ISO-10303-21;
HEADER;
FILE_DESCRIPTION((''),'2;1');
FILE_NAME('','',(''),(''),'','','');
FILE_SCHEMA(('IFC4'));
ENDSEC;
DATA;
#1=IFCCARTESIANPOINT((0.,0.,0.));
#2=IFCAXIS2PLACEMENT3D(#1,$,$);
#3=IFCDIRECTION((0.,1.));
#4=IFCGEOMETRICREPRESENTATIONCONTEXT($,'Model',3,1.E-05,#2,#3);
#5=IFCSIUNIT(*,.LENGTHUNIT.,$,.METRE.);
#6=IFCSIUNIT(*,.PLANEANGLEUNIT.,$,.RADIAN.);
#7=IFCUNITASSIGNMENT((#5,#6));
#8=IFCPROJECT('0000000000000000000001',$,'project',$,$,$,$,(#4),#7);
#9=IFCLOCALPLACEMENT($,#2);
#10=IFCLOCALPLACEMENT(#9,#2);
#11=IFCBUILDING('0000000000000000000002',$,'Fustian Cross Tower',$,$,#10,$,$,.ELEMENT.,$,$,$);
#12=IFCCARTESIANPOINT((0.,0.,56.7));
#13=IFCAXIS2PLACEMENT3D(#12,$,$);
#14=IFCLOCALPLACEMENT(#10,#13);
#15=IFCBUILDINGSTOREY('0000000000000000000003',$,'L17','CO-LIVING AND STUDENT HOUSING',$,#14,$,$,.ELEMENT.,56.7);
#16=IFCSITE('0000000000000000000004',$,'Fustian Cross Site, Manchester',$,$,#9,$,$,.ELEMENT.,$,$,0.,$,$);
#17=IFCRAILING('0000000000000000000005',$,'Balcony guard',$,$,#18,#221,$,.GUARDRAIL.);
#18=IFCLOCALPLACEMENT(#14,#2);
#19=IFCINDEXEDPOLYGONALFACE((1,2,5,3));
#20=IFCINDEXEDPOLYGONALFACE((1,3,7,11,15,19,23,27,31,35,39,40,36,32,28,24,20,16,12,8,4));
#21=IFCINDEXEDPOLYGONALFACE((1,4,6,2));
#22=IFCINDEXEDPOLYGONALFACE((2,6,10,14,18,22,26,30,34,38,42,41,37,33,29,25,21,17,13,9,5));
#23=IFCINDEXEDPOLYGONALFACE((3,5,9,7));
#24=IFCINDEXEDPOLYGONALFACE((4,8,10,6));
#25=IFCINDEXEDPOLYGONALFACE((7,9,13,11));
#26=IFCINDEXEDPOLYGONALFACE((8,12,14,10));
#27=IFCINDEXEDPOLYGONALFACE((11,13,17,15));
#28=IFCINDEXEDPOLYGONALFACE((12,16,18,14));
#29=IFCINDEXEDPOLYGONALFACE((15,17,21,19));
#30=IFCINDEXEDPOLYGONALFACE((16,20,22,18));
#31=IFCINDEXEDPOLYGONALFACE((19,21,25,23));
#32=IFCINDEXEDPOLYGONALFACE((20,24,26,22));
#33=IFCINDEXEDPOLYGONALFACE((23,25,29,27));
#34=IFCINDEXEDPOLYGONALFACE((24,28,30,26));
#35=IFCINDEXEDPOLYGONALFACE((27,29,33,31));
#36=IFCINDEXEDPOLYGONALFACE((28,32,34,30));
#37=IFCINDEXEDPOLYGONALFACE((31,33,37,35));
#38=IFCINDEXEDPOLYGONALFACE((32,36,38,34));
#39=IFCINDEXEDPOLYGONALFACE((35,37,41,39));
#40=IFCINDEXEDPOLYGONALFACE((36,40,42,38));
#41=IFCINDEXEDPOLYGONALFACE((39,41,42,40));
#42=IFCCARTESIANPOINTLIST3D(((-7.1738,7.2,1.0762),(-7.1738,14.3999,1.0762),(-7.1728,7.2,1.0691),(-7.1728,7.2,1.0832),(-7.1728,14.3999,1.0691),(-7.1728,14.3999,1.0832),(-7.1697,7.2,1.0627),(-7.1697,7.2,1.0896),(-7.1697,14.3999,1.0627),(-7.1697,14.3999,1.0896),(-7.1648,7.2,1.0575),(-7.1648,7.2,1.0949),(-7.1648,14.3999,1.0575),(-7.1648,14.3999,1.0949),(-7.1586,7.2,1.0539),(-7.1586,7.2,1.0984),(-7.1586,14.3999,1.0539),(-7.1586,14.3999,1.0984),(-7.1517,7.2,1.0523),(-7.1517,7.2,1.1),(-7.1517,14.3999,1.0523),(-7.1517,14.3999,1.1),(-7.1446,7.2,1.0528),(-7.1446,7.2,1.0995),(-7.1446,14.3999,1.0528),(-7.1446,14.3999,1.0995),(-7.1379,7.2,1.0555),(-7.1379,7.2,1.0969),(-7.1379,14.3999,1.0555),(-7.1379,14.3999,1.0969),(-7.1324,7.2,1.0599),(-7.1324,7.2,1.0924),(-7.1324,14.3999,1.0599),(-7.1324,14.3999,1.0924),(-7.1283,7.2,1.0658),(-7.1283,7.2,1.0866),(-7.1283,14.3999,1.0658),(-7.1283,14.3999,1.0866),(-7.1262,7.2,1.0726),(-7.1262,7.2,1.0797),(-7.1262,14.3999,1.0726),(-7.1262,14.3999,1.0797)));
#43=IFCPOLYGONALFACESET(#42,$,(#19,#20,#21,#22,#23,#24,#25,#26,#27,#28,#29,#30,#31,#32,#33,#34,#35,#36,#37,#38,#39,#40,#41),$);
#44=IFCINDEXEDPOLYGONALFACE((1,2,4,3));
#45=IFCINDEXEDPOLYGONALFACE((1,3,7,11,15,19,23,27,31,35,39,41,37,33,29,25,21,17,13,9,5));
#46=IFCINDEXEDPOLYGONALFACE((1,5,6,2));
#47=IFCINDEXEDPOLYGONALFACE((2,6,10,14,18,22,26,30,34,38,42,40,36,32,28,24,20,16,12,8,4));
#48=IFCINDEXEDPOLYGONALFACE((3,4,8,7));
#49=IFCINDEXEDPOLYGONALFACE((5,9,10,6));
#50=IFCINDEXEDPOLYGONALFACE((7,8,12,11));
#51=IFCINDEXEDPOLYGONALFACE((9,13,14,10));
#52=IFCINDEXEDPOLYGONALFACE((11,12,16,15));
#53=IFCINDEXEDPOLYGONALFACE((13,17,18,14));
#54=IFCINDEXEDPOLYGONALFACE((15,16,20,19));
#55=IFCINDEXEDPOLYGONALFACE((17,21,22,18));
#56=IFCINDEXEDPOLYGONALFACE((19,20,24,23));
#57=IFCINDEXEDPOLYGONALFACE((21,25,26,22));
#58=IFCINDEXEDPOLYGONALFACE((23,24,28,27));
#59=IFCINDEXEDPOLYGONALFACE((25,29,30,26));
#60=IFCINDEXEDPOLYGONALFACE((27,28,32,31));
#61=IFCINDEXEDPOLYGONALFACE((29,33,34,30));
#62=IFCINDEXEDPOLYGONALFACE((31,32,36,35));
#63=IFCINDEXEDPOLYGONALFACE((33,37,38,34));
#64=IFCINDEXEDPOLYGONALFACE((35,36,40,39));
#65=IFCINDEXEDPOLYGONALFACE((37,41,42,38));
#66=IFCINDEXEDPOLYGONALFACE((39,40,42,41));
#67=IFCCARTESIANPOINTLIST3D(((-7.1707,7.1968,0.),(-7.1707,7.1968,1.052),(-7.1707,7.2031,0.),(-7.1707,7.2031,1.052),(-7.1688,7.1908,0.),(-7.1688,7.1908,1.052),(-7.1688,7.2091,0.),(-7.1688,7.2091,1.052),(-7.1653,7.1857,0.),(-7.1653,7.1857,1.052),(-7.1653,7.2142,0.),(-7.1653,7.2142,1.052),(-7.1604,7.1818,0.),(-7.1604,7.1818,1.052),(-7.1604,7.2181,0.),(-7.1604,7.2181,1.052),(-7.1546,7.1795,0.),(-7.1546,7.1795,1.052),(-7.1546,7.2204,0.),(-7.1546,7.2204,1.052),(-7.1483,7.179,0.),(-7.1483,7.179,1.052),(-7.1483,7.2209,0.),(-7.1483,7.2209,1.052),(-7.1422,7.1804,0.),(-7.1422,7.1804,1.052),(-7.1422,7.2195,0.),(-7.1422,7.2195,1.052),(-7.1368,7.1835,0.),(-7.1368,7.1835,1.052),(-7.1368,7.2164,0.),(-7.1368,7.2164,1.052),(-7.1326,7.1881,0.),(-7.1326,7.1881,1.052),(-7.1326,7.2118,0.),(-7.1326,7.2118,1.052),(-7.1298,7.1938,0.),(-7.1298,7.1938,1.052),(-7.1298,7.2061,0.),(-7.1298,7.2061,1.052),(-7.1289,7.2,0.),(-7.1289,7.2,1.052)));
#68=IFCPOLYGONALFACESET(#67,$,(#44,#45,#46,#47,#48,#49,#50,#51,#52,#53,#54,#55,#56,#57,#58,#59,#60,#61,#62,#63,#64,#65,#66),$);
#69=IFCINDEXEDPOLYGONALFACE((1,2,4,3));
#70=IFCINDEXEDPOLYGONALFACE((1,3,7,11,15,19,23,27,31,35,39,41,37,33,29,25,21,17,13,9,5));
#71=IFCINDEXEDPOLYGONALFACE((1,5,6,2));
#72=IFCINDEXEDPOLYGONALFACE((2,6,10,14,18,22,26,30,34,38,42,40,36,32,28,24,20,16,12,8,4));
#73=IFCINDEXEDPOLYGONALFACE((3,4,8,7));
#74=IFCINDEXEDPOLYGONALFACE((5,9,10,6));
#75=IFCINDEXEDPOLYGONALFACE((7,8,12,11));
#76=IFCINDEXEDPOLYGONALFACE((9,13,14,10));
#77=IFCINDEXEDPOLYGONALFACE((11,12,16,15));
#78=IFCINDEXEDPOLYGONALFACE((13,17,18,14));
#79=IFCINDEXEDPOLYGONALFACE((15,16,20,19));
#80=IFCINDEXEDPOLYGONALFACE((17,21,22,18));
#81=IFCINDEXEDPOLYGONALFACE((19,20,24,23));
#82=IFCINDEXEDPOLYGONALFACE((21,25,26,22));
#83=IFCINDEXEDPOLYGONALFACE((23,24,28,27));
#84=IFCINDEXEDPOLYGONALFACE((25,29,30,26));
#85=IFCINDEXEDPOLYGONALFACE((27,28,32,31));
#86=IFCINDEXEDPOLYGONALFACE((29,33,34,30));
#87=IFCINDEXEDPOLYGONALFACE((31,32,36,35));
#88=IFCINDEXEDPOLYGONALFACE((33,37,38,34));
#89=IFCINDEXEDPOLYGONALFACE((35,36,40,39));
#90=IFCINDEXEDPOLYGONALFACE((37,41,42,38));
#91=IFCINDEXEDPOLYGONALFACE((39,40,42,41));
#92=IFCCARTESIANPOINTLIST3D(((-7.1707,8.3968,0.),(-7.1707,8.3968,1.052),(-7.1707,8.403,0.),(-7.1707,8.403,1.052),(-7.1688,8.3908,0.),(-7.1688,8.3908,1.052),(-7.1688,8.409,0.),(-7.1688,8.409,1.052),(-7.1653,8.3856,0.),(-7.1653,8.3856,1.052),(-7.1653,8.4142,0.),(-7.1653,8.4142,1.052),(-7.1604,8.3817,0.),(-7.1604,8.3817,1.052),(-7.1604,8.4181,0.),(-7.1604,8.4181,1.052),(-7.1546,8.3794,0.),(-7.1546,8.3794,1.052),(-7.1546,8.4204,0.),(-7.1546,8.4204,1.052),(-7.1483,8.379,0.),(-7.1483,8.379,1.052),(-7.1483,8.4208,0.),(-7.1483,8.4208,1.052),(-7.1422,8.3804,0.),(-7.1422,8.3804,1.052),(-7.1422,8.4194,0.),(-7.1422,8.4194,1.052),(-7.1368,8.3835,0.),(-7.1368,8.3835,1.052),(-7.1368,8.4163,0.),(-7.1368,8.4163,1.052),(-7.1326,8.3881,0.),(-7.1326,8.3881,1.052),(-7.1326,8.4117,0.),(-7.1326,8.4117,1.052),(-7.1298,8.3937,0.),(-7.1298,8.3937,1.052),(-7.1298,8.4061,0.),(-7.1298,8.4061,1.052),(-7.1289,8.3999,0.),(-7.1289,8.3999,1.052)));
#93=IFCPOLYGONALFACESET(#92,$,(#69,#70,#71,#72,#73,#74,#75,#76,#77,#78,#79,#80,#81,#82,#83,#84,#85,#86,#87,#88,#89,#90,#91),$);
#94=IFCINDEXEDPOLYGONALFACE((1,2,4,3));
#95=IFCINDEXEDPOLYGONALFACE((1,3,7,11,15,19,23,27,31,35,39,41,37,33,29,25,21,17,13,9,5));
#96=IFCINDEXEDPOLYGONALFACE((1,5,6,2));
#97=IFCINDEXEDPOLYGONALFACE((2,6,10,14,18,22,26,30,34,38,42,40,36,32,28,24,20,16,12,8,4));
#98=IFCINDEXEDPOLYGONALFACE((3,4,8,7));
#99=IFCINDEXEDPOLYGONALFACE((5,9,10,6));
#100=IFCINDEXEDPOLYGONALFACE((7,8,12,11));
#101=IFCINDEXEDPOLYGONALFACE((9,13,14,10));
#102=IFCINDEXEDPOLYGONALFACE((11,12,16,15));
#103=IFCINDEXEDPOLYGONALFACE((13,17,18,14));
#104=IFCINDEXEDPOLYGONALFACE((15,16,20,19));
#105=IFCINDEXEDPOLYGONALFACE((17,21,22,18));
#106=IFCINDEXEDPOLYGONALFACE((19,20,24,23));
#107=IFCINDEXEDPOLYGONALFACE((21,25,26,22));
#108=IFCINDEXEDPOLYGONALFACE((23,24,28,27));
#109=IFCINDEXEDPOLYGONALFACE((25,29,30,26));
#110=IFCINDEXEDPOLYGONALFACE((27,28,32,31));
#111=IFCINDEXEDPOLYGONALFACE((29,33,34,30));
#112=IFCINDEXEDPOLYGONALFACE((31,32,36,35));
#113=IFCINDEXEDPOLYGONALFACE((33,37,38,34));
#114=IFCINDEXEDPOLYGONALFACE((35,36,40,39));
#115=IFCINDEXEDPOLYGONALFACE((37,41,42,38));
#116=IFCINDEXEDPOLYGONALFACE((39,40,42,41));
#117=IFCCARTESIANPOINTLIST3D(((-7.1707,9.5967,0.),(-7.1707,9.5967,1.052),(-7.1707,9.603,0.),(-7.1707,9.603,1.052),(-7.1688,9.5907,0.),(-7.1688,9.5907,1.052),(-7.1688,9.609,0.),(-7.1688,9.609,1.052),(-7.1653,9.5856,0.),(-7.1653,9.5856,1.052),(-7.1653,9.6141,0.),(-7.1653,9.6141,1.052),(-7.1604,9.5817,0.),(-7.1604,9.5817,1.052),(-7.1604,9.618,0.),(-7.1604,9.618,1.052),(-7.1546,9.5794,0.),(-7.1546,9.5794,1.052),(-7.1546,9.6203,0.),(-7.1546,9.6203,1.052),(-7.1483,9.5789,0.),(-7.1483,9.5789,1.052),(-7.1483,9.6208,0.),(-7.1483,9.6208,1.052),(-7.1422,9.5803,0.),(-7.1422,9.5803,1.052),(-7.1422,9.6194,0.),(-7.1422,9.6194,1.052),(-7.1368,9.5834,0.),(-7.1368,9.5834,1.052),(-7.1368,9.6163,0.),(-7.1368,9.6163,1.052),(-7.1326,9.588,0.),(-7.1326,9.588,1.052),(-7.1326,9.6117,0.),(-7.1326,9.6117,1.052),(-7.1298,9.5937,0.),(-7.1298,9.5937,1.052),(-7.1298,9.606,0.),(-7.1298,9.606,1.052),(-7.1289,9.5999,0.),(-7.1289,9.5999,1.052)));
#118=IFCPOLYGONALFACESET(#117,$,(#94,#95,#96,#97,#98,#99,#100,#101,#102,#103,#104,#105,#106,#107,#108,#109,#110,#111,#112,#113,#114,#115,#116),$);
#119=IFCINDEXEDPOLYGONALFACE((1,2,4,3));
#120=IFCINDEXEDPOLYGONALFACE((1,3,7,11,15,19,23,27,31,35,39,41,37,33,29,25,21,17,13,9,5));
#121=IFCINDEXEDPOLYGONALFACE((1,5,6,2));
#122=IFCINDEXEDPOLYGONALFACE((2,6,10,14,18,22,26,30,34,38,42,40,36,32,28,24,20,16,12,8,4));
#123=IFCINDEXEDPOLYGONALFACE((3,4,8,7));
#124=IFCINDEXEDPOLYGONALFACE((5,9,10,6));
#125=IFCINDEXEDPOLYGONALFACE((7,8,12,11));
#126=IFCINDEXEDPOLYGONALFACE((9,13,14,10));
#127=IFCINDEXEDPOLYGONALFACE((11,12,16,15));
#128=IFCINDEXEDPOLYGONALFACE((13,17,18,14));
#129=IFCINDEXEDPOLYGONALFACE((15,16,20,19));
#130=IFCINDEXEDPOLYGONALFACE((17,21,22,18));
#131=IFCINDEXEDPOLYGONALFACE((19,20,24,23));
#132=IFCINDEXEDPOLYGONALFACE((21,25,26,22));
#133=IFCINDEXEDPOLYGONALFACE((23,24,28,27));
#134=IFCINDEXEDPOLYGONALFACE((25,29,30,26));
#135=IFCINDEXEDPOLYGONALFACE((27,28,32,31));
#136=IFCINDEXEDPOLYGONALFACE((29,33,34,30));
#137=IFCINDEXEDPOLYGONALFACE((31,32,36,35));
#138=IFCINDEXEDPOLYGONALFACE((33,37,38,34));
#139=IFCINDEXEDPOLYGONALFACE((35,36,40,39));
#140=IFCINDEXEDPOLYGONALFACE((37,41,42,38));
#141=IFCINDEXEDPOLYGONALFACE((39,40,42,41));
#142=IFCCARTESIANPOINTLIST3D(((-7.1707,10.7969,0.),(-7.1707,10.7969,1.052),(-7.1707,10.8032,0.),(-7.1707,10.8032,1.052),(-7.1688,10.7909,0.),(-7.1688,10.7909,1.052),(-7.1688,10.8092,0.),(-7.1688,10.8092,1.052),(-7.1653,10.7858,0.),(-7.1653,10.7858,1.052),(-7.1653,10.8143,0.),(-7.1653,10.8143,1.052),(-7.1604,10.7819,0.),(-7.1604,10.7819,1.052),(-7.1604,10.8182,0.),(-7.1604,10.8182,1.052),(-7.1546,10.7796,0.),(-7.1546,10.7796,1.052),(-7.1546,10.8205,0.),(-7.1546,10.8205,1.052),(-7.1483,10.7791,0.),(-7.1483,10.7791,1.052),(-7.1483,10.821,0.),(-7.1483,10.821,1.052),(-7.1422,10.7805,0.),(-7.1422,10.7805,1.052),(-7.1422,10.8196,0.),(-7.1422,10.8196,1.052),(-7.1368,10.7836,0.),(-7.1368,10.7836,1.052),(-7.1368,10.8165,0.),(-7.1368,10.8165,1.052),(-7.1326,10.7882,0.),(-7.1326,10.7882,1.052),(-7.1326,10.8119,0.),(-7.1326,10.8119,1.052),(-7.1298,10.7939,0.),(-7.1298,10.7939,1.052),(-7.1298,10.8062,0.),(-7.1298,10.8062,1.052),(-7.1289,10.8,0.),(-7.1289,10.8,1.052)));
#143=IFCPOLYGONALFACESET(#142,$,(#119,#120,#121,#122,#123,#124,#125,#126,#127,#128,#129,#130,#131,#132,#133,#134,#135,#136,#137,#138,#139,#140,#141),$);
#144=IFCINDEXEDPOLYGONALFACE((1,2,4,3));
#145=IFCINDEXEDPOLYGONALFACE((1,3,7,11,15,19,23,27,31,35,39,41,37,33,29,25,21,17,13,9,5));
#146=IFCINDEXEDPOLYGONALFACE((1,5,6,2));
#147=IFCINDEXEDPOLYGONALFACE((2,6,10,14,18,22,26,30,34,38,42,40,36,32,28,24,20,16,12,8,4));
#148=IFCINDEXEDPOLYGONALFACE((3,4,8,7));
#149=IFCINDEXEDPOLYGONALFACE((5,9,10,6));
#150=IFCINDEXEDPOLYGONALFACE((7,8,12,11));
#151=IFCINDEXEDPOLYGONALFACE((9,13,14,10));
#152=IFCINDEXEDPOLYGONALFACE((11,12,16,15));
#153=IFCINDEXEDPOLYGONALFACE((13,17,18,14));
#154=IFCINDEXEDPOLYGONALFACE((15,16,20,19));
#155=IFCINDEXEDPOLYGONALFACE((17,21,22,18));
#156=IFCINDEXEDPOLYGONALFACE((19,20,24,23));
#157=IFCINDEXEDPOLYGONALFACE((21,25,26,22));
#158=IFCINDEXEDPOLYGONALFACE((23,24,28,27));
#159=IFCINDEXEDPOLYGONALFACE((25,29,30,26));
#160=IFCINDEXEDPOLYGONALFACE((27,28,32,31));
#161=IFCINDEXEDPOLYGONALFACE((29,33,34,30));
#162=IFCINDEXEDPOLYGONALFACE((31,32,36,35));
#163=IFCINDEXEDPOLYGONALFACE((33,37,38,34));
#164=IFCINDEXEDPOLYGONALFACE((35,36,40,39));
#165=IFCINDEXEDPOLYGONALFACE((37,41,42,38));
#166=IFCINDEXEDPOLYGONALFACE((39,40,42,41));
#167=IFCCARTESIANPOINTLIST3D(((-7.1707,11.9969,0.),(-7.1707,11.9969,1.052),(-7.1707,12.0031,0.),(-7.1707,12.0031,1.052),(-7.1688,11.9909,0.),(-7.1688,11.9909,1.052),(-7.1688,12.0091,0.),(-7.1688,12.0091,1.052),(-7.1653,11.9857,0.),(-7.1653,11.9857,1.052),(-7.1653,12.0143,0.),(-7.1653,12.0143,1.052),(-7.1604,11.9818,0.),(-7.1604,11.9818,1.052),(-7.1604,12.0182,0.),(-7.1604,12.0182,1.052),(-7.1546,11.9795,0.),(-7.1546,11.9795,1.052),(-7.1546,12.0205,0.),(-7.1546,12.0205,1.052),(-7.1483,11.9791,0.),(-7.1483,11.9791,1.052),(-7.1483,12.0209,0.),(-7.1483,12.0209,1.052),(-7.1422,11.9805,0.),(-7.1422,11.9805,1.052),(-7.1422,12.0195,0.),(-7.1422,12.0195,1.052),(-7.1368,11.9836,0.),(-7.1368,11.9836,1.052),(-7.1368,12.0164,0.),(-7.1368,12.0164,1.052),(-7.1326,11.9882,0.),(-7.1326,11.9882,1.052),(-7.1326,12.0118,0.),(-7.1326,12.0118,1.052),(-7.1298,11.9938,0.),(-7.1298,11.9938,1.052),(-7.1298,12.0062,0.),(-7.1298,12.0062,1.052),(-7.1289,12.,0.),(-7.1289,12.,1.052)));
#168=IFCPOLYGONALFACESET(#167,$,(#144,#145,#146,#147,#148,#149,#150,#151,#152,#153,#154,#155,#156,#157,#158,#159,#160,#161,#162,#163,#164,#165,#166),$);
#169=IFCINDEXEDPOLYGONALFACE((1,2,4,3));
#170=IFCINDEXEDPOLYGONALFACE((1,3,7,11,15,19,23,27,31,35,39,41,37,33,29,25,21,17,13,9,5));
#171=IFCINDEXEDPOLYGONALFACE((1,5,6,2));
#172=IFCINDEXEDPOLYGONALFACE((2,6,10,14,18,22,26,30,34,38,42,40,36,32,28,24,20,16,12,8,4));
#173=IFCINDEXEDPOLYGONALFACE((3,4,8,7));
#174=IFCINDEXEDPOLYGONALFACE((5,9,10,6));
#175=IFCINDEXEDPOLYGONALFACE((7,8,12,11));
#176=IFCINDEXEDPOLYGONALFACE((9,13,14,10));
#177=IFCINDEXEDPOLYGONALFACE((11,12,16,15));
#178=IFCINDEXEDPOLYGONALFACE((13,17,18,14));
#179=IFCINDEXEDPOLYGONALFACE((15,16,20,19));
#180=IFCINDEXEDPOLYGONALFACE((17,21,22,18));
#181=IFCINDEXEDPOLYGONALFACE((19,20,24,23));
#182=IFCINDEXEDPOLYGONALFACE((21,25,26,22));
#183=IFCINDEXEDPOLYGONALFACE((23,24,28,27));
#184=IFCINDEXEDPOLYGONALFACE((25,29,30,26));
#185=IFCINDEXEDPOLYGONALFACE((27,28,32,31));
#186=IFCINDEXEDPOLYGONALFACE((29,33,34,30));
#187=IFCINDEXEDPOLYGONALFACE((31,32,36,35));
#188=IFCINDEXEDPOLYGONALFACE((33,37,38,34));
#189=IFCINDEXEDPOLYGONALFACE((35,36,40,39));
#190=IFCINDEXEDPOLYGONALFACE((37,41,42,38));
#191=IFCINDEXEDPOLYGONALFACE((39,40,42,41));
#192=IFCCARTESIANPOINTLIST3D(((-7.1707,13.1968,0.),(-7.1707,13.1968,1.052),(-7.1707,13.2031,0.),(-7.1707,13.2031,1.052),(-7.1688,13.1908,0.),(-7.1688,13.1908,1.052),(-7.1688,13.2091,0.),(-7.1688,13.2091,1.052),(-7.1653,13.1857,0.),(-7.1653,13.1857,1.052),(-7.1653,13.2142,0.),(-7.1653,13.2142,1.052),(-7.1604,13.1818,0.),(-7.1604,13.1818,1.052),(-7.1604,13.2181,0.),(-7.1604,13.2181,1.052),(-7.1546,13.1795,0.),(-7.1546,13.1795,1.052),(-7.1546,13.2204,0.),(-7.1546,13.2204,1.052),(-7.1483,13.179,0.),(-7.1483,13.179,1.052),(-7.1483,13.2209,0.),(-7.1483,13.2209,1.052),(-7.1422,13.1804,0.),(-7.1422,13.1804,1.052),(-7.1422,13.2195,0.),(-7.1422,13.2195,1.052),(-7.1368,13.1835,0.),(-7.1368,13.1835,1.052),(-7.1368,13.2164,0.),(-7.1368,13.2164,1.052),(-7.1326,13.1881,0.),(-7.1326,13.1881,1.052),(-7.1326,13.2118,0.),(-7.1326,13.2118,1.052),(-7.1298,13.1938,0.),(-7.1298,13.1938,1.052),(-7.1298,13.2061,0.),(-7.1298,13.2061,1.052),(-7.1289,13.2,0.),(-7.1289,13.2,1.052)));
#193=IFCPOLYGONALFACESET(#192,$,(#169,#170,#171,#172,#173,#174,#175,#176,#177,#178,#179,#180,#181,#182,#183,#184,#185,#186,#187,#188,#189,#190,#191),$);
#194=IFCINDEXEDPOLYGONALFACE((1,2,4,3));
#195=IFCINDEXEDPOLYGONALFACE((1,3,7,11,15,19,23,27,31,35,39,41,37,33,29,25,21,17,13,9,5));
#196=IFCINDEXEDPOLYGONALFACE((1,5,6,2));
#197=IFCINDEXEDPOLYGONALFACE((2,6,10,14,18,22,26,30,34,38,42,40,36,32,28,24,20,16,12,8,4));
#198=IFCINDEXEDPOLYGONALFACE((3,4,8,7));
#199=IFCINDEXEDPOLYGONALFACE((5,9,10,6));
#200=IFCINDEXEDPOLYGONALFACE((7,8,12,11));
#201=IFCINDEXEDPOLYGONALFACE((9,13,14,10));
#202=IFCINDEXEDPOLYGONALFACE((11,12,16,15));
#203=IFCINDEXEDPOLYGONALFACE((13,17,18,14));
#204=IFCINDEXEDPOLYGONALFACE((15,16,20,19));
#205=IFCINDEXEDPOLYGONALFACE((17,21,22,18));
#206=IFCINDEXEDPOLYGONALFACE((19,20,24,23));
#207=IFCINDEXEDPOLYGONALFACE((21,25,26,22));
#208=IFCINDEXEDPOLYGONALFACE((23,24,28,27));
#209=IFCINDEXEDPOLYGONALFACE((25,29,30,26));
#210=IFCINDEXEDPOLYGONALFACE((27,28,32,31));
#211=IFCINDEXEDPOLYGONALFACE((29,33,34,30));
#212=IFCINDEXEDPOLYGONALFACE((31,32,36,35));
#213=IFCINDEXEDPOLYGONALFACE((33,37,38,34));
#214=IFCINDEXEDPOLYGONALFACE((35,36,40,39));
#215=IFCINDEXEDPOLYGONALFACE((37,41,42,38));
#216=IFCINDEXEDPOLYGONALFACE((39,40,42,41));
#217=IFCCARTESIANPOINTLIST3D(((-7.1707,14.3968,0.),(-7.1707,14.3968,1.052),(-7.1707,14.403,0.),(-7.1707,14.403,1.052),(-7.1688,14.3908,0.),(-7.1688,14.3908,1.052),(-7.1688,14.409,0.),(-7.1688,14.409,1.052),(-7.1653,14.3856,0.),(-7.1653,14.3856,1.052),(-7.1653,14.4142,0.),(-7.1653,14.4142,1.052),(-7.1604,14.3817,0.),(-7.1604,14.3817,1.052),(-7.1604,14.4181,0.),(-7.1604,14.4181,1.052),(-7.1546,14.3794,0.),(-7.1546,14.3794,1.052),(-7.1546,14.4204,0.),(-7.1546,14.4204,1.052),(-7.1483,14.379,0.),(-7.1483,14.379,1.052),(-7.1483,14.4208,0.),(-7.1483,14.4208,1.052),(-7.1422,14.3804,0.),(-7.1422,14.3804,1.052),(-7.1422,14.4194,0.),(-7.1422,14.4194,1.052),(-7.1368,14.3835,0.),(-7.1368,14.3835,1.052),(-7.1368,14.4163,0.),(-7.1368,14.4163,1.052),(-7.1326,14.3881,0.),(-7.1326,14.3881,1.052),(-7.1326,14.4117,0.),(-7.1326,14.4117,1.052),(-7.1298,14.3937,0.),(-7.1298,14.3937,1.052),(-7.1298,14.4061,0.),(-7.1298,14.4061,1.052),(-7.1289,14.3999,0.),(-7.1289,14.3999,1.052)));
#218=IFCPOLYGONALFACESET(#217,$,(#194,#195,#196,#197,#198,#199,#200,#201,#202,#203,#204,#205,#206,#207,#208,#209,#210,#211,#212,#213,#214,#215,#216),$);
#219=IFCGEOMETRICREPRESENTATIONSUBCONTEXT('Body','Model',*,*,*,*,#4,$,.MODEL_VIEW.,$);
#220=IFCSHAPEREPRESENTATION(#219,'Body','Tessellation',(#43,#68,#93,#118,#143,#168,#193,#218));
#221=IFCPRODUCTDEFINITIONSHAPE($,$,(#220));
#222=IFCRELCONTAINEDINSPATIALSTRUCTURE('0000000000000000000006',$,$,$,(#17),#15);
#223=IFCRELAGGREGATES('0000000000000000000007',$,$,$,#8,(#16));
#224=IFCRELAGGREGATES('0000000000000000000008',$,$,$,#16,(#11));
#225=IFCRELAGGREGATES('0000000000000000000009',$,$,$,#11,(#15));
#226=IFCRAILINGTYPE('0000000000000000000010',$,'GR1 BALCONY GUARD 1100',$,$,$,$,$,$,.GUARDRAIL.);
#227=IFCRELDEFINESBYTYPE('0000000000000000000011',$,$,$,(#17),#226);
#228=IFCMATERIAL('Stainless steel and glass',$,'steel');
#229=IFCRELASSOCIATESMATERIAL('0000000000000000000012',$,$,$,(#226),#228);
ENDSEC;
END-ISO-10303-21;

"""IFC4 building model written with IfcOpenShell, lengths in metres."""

from ifc_helpers import new_model, si_unit, direction, frame, origin, origin_2d, place, context, subcontext, project, spatial, circle, extrude, material, type_object, element, save


model = new_model("IFC4")

# Units and contexts
model_context = context("Model", 3, precision=1e-05, world=origin(), true_north=direction((0.0, 1.0)))
body_context = subcontext(model_context, "Body", "Model", "MODEL_VIEW")
ifc_project = project(units=[si_unit("LENGTHUNIT", "METRE"), si_unit("PLANEANGLEUNIT", "RADIAN")], contexts=[model_context])

# Site, building, storey
site_placement = place(None, origin())
site = spatial("IfcSite", under=ifc_project, at=site_placement, Name="Fustian Cross Site, Manchester", CompositionType="ELEMENT", RefElevation=0.0)
building_placement = place(site_placement, origin())
building = spatial("IfcBuilding", under=site, at=building_placement, Name="Fustian Cross Tower", CompositionType="ELEMENT")
storey_placement = place(building_placement, frame((0.0, 0.0, 56.7)))
storey = spatial("IfcBuildingStorey", under=building, at=storey_placement, Name="L17", Description="CO-LIVING AND STUDENT HOUSING", CompositionType="ELEMENT", Elevation=56.7)

# Railing
ifc_material_1 = material(Name="Stainless steel and glass", Category="steel")
railing_type = type_object("IfcRailingType", Name="GR1 BALCONY GUARD 1100", PredefinedType="GUARDRAIL", material=ifc_material_1)
railing_placement = place(storey_placement, frame((-7.1499, 7.2, 0.0)))
element("IfcRailing", 1, at=railing_placement, inside=storey, type_object=railing_type, Name="Balcony guard", PredefinedType="GUARDRAIL", context=body_context, shape_type="SweptSolid", body=[
    extrude(circle(Radius=0.0239, at=origin_2d()), frame((0.0, 0.0, 1.0762), z_axis=(0.0, 1.0, 0.0), x_axis=(-1.0, 0.0, 0.0)), (0.0, 0.0, 1.0), 7.2),
    extrude(circle(Radius=0.021, at=origin_2d()), origin(), (0.0, 0.0, 1.0), 1.052),
    extrude(circle(Radius=0.021, at=origin_2d()), frame((0.0, 1.2, 0.0)), (0.0, 0.0, 1.0), 1.052),
    extrude(circle(Radius=0.021, at=origin_2d()), frame((0.0, 2.3999, 0.0)), (0.0, 0.0, 1.0), 1.052),
    extrude(circle(Radius=0.021, at=origin_2d()), frame((0.0, 3.6001, 0.0)), (0.0, 0.0, 1.0), 1.052),
    extrude(circle(Radius=0.021, at=origin_2d()), frame((0.0, 4.8, 0.0)), (0.0, 0.0, 1.0), 1.052),
    extrude(circle(Radius=0.021, at=origin_2d()), frame((0.0, 6.0, 0.0)), (0.0, 0.0, 1.0), 1.052),
    extrude(circle(Radius=0.021, at=origin_2d()), frame((0.0, 7.2, 0.0)), (0.0, 0.0, 1.0), 1.052),
])

save(model, "model.ifc")
